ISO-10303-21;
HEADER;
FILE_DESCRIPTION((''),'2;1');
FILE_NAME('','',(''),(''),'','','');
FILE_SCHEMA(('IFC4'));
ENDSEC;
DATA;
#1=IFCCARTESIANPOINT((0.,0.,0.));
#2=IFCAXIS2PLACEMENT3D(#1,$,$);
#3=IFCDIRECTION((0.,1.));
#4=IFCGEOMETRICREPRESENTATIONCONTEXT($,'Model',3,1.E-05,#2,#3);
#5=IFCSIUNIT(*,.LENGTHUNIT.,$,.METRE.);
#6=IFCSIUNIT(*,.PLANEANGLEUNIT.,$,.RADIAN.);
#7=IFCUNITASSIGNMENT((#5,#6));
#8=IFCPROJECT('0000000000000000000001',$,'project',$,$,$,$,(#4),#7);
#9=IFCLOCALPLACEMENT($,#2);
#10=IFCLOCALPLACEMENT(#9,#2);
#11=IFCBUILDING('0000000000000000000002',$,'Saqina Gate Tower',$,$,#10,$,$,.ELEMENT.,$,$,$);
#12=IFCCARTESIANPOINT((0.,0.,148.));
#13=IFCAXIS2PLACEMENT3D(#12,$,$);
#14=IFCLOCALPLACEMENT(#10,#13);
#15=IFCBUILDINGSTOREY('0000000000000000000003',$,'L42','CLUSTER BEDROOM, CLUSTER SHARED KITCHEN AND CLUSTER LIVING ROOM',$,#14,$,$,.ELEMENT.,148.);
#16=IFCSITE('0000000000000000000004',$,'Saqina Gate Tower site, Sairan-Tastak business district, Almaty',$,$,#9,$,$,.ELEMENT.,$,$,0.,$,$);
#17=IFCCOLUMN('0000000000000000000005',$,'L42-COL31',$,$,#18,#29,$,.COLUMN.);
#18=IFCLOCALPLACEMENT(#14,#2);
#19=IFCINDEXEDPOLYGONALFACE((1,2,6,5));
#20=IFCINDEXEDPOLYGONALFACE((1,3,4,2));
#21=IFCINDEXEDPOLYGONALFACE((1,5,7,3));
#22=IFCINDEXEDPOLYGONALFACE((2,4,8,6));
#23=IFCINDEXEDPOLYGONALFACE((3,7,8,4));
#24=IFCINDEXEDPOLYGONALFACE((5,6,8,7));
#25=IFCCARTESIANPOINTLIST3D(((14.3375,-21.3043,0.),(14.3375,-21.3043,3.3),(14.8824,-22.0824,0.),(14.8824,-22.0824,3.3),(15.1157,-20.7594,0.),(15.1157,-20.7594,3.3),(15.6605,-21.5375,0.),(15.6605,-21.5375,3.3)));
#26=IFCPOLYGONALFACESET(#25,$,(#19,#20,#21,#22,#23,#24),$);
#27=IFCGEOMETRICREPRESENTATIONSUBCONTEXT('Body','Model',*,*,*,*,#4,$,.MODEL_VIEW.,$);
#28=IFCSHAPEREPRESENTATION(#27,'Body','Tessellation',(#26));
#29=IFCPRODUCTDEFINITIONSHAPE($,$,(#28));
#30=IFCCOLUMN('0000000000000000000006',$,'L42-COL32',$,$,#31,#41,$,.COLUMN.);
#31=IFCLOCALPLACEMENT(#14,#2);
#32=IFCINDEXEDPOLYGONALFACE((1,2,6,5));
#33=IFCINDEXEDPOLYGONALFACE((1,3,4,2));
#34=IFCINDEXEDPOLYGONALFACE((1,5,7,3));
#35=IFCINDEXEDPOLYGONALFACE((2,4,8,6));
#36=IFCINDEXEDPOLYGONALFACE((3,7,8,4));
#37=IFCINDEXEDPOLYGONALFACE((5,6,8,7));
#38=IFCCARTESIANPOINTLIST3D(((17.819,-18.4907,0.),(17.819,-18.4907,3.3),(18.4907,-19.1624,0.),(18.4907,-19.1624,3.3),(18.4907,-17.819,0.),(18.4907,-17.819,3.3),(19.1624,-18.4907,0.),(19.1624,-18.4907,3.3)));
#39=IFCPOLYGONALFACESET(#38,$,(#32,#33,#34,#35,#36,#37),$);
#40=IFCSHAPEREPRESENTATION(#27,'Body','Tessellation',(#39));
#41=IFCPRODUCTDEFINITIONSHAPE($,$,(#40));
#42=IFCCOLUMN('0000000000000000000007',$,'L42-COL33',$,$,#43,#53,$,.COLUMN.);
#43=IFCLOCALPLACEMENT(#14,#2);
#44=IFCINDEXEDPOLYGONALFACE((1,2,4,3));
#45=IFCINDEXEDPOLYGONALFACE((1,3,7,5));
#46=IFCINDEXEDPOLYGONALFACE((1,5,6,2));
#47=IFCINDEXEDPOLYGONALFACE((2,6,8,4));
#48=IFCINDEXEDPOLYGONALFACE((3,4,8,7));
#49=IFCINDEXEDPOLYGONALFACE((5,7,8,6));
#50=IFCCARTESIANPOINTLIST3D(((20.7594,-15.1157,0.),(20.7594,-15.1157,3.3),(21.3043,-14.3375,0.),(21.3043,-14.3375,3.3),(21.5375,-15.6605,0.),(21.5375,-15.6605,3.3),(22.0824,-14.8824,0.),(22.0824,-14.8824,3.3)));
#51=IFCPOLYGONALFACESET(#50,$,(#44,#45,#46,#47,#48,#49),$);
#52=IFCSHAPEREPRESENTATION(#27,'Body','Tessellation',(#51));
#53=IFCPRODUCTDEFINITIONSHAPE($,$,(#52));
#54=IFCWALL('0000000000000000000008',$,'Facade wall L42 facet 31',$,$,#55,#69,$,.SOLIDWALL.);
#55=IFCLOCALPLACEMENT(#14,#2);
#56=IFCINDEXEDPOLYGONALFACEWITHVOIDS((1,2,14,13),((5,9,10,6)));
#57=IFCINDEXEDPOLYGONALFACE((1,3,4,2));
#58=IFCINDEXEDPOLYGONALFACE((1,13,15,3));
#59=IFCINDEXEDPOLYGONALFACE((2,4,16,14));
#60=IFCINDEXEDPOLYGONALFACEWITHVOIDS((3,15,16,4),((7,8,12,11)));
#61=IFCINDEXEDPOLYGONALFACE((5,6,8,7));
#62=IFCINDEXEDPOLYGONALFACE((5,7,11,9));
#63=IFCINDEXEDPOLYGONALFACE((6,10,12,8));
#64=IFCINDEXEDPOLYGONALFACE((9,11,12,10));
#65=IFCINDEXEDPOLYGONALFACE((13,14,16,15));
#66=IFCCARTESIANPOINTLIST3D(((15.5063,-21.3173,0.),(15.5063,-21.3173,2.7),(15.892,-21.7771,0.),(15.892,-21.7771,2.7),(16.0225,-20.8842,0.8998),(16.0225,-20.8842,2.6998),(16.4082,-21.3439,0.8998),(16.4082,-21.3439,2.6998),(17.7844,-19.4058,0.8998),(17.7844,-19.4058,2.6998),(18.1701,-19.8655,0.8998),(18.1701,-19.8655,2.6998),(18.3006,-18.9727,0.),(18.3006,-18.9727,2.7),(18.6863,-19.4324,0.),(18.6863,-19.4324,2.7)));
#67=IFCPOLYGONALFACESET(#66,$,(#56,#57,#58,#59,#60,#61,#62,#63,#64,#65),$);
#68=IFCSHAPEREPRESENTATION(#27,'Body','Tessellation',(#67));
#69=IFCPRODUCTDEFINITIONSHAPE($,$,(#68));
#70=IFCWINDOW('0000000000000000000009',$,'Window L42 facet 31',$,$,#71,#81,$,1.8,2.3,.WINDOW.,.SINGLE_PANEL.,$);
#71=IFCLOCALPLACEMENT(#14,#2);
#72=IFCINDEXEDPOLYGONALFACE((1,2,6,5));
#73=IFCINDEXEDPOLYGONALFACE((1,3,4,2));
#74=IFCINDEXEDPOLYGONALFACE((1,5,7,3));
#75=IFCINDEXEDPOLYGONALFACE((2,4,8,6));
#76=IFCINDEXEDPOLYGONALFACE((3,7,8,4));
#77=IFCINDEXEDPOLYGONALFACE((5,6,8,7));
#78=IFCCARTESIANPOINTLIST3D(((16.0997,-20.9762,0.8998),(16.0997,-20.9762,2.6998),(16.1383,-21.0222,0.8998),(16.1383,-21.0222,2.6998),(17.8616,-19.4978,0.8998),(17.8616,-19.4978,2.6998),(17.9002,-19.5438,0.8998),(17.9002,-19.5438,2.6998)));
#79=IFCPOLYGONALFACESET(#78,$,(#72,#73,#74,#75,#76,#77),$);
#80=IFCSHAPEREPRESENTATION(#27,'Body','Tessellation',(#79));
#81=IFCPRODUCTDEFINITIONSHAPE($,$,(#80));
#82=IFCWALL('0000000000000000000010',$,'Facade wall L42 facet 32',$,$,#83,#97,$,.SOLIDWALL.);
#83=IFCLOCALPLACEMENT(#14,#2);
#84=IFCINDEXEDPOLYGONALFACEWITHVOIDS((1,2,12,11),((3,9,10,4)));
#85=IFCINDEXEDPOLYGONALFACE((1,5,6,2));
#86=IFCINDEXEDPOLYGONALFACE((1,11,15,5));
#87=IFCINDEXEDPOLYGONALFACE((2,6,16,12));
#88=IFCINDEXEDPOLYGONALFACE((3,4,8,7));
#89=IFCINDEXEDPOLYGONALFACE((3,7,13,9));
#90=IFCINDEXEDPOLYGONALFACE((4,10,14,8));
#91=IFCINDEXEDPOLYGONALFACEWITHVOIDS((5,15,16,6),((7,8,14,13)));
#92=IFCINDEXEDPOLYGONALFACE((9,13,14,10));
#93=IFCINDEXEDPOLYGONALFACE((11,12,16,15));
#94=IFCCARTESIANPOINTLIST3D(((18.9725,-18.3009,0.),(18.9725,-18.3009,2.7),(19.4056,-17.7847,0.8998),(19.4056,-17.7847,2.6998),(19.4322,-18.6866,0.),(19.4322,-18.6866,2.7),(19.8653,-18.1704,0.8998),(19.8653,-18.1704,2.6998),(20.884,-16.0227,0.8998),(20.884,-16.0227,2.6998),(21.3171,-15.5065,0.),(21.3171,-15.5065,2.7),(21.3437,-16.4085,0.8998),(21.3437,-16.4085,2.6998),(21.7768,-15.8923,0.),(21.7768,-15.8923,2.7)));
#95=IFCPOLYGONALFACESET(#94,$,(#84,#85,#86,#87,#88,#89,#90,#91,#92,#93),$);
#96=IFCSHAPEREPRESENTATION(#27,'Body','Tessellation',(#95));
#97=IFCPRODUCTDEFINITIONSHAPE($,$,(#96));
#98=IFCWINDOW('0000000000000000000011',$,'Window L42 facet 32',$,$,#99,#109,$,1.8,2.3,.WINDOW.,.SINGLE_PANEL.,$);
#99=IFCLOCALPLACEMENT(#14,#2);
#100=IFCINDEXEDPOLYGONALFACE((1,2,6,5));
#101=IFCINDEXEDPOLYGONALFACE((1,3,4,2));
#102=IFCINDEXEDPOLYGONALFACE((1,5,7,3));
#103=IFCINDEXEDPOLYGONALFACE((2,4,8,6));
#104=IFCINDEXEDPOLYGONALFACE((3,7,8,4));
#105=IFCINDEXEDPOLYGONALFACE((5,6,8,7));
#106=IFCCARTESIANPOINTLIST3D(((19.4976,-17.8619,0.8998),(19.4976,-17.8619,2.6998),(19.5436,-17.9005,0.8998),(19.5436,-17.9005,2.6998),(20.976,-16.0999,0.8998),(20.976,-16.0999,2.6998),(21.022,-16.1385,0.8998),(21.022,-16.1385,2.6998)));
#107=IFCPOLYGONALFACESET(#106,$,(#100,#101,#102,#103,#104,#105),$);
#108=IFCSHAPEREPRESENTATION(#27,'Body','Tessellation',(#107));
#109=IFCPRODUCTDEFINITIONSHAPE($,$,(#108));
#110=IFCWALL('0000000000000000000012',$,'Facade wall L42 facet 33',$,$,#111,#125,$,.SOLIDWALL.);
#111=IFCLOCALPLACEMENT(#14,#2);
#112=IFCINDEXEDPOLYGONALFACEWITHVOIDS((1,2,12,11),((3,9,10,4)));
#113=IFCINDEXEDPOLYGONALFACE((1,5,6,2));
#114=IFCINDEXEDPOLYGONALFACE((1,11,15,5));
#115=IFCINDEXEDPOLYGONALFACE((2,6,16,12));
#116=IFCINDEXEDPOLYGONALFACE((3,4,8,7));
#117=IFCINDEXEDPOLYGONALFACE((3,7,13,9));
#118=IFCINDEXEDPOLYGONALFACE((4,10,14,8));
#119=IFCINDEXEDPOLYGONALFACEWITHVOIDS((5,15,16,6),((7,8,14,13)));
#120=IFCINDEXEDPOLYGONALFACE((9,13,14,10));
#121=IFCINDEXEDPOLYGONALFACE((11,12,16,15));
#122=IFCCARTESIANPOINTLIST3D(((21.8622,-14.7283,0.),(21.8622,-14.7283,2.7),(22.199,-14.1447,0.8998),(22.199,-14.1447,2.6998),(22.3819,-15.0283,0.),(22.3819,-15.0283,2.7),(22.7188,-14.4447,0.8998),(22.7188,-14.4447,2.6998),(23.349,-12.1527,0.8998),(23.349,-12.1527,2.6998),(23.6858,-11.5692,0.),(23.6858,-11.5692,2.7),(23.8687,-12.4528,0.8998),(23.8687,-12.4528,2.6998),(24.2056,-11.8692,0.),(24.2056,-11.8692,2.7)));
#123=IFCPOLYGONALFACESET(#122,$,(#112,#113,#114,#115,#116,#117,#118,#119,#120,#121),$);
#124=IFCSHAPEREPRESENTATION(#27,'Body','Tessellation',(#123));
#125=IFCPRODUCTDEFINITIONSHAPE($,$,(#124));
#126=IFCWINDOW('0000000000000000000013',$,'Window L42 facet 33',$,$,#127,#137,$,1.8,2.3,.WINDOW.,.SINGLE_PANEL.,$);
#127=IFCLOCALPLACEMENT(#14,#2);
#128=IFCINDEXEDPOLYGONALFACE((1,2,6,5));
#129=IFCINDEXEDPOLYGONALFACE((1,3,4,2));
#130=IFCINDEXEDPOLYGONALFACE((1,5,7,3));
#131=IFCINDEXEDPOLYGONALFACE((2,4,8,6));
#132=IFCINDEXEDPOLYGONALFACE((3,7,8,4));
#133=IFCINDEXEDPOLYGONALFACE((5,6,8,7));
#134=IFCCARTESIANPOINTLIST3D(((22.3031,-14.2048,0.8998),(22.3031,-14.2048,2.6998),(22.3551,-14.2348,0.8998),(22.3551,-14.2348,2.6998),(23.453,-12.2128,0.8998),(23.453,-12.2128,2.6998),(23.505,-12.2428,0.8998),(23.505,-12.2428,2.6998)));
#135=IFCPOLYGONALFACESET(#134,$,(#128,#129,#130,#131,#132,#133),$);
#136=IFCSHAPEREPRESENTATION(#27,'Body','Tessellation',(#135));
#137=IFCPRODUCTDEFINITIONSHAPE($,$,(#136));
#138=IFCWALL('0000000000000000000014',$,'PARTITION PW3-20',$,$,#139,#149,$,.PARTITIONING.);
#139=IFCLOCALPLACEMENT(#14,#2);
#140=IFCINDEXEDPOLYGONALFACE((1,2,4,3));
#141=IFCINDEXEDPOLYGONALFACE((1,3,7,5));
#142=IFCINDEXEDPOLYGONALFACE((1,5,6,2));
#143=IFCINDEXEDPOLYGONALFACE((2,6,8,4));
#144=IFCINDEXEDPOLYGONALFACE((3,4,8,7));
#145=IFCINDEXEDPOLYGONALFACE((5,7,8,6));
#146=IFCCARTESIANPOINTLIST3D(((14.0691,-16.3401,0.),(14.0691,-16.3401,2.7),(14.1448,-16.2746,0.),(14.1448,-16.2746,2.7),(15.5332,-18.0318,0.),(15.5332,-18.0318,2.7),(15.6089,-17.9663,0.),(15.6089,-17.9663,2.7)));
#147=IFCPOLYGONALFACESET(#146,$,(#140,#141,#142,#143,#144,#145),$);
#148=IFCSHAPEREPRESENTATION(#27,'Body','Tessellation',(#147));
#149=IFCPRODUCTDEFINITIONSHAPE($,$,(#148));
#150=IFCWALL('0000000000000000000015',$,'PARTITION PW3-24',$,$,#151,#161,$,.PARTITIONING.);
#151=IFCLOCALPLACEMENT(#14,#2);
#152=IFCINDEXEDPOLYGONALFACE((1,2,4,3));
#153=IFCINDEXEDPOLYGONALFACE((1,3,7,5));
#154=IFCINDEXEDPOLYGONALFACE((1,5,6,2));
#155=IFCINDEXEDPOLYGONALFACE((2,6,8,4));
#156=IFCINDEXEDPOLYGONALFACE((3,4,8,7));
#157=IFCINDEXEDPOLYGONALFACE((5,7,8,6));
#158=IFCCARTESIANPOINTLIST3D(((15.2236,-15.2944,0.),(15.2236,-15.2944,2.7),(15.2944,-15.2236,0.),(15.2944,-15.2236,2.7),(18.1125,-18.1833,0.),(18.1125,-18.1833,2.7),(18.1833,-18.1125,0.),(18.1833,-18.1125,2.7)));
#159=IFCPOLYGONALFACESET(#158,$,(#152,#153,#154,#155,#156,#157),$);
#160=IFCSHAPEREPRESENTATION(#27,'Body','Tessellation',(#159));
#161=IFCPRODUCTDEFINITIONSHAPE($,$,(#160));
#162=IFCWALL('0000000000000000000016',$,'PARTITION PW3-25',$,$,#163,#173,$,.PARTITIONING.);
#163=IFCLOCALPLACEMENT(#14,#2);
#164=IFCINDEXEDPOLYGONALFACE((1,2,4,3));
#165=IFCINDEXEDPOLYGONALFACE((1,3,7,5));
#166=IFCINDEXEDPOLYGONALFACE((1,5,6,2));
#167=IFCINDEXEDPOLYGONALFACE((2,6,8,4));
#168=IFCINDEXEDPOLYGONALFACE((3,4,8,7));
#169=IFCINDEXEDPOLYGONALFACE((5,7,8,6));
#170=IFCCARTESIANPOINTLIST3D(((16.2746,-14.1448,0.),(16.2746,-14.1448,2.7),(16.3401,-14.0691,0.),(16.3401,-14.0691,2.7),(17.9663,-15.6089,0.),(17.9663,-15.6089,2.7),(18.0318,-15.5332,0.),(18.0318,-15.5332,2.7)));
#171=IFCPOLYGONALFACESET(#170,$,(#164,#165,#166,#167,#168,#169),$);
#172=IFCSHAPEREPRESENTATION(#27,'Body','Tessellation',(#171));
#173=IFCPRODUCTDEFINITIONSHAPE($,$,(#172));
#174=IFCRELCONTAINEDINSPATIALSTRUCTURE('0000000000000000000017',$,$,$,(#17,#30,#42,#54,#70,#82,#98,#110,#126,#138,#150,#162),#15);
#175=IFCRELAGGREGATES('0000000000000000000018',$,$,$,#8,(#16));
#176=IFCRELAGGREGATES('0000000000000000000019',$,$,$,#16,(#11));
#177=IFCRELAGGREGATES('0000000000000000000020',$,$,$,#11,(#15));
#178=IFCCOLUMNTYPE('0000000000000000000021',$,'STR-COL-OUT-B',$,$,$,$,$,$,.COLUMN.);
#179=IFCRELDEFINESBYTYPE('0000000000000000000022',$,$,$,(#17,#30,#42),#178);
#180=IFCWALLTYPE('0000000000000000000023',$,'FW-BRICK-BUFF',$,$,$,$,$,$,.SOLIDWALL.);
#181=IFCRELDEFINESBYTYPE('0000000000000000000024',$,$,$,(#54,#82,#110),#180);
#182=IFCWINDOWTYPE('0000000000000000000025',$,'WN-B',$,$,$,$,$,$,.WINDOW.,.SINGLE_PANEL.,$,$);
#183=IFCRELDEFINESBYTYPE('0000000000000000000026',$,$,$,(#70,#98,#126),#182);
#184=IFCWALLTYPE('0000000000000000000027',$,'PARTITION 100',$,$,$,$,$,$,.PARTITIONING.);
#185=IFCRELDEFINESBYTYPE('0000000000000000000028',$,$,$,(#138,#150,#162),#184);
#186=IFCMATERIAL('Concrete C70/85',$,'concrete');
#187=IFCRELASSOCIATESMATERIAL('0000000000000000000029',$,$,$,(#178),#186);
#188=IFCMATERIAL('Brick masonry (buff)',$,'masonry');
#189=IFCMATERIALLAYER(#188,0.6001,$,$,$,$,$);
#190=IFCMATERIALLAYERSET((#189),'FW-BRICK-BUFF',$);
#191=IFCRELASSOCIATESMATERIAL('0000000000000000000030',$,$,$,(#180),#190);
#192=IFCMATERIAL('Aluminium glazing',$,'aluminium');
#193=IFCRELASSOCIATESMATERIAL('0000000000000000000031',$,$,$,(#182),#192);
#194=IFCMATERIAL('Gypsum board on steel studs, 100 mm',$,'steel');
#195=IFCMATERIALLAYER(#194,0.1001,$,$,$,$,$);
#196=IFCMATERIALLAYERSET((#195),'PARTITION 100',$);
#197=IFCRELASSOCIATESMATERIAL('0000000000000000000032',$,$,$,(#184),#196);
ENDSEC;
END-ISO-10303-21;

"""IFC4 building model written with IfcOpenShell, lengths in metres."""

from ifc_helpers import new_model, si_unit, direction, frame, frame_2d, origin, origin_2d, place, context, subcontext, project, spatial, rectangle, extrude, material, layer, layer_set, material_profile, profile_set, type_object, element, fill, save


model = new_model("IFC4")

# Units and contexts
model_context = context("Model", 3, precision=1e-05, world=origin(), true_north=direction((0.0, 1.0)))
body_context = subcontext(model_context, "Body", "Model", "MODEL_VIEW")
ifc_project = project(units=[si_unit("LENGTHUNIT", "METRE"), si_unit("PLANEANGLEUNIT", "RADIAN")], contexts=[model_context])

# Site, building, storey
site_placement = place(None, origin())
site = spatial("IfcSite", under=ifc_project, at=site_placement, Name="Saqina Gate Tower site, Sairan-Tastak business district, Almaty", CompositionType="ELEMENT", RefElevation=0.0)
building_placement = place(site_placement, origin())
building = spatial("IfcBuilding", under=site, at=building_placement, Name="Saqina Gate Tower", CompositionType="ELEMENT")
storey_placement = place(building_placement, frame((0.0, 0.0, 148.0)))
storey = spatial("IfcBuildingStorey", under=building, at=storey_placement, Name="L42", Description="CLUSTER BEDROOM, CLUSTER SHARED KITCHEN AND CLUSTER LIVING ROOM", CompositionType="ELEMENT", Elevation=148.0)

# Columns
ifc_material_1 = material(Name="Concrete C70/85", Category="concrete")
ifc_material_profile = material_profile(ifc_material_1, rectangle(XDim=0.95, YDim=0.95, at=origin_2d()), Name="RC 950x950")
ifc_profile_set = profile_set([ifc_material_profile], Name="Concrete C70/85")
column_type = type_object("IfcColumnType", Name="STR-COL-OUT-B", PredefinedType="COLUMN", material=ifc_profile_set)
for number, where, z_axis, x_axis, name in (
    (1, (14.999, -21.4209, 0.0), (0.0, 0.0, 1.0), (0.573576, -0.819152, 0.0), "L42-COL31"),
    (2, (18.4907, -18.4907, 0.0), (0.0, 0.0, 1.0), (0.707107, -0.707107, 0.0), "L42-COL32"),
    (3, (21.4209, -14.999, 0.0), (0.0, 0.0, 1.0), (0.819152, -0.573576, 0.0), "L42-COL33"),
):
    element("IfcColumn", number, at=place(storey_placement, frame(where, z_axis=z_axis, x_axis=x_axis)), inside=storey, type_object=column_type, Name=name, PredefinedType="COLUMN", context=body_context, shape_type="SweptSolid", body=[
        extrude(rectangle(XDim=0.95, YDim=0.95, at=origin_2d()), origin(), (0.0, 0.0, 1.0), 3.3),
    ])

# Walls, openings, windows
ifc_material_2 = material(Name="Brick masonry (buff)", Category="masonry")
ifc_layer_1 = layer(ifc_material_2, 0.6001)
ifc_layer_set_1 = layer_set([ifc_layer_1], Name="FW-BRICK-BUFF")
wall_type_1 = type_object("IfcWallType", Name="FW-BRICK-BUFF", PredefinedType="SOLIDWALL", material=ifc_layer_set_1)
wall_1_placement = place(storey_placement, frame((15.6992, -21.5471, 0.0), z_axis=(0.0, 0.0, 1.0), x_axis=(0.766055, 0.642774, 0.0)))
wall_1 = element("IfcWall", 4, at=wall_1_placement, inside=storey, type_object=wall_type_1, Name="Facade wall L42 facet 31", PredefinedType="SOLIDWALL", context=body_context, shape_type="SweptSolid", body=[
    extrude(rectangle(XDim=3.6477, YDim=0.6001, at=frame_2d((1.8237, 0.0))), origin(), (0.0, 0.0, 1.0), 2.7),
])
opening_1_placement = place(wall_1_placement, frame((0.6738, 0.0, 0.8999)))
opening_1 = element("IfcOpeningElement", 5, at=opening_1_placement, cuts=wall_1, PredefinedType="OPENING", context=body_context, shape_type="SweptSolid", body=[
    extrude(rectangle(XDim=2.3, YDim=1.8, at=frame_2d((1.1499, 0.8999))), frame((0.0, 0.312, 0.0), z_axis=(0.0, -1.0, 0.0), x_axis=(1.0, 0.0, 0.0)), (0.0, 0.0, 1.0), 0.624),
])
ifc_material_3 = material(Name="Aluminium glazing", Category="aluminium")
window_type = type_object("IfcWindowType", Name="WN-B", PartitioningType="SINGLE_PANEL", PredefinedType="WINDOW", material=ifc_material_3)
window_1_placement = place(opening_1_placement, origin())
window_1 = element("IfcWindow", 6, at=window_1_placement, inside=storey, type_object=window_type, Name="Window L42 facet 31", OverallHeight=1.8, OverallWidth=2.3, PartitioningType="SINGLE_PANEL", PredefinedType="WINDOW", context=body_context, shape_type="SweptSolid", body=[
    extrude(rectangle(XDim=2.3, YDim=1.8, at=frame_2d((1.1499, 0.8999))), frame((0.0, 0.1799, 0.0), z_axis=(0.0, -1.0, 0.0), x_axis=(1.0, 0.0, 0.0)), (0.0, 0.0, 1.0), 0.0601),
])
fill(opening_1, window_1)
wall_2_placement = place(storey_placement, frame((19.2024, -18.4937, 0.0), z_axis=(0.0, 0.0, 1.0), x_axis=(0.642774, 0.766055, 0.0)))
wall_2 = element("IfcWall", 7, at=wall_2_placement, inside=storey, type_object=wall_type_1, Name="Facade wall L42 facet 32", PredefinedType="SOLIDWALL", context=body_context, shape_type="SweptSolid", body=[
    extrude(rectangle(XDim=3.6477, YDim=0.6001, at=frame_2d((1.8237, 0.0))), origin(), (0.0, 0.0, 1.0), 2.7),
])
opening_2_placement = place(wall_2_placement, frame((0.6738, 0.0, 0.8999)))
opening_2 = element("IfcOpeningElement", 8, at=opening_2_placement, cuts=wall_2, PredefinedType="OPENING", context=body_context, shape_type="SweptSolid", body=[
    extrude(rectangle(XDim=2.3, YDim=1.8, at=frame_2d((1.1499, 0.8999))), frame((0.0, 0.312, 0.0), z_axis=(0.0, -1.0, 0.0), x_axis=(1.0, 0.0, 0.0)), (0.0, 0.0, 1.0), 0.624),
])
window_2_placement = place(opening_2_placement, origin())
window_2 = element("IfcWindow", 9, at=window_2_placement, inside=storey, type_object=window_type, Name="Window L42 facet 32", OverallHeight=1.8, OverallWidth=2.3, PartitioningType="SINGLE_PANEL", PredefinedType="WINDOW", context=body_context, shape_type="SweptSolid", body=[
    extrude(rectangle(XDim=2.3, YDim=1.8, at=frame_2d((1.1499, 0.8999))), frame((0.0, 0.1799, 0.0), z_axis=(0.0, -1.0, 0.0), x_axis=(1.0, 0.0, 0.0)), (0.0, 0.0, 1.0), 0.0601),
])
fill(opening_2, window_2)
wall_3_placement = place(storey_placement, frame((22.1221, -14.8782, 0.0), z_axis=(0.0, 0.0, 1.0), x_axis=(0.499954, 0.866052, 0.0)))
wall_3 = element("IfcWall", 10, at=wall_3_placement, inside=storey, type_object=wall_type_1, Name="Facade wall L42 facet 33", PredefinedType="SOLIDWALL", context=body_context, shape_type="SweptSolid", body=[
    extrude(rectangle(XDim=3.6477, YDim=0.6001, at=frame_2d((1.8237, 0.0))), origin(), (0.0, 0.0, 1.0), 2.7),
])
opening_3_placement = place(wall_3_placement, frame((0.6738, 0.0, 0.8999)))
opening_3 = element("IfcOpeningElement", 11, at=opening_3_placement, cuts=wall_3, PredefinedType="OPENING", context=body_context, shape_type="SweptSolid", body=[
    extrude(rectangle(XDim=2.3, YDim=1.8, at=frame_2d((1.1499, 0.8999))), frame((0.0, 0.312, 0.0), z_axis=(0.0, -1.0, 0.0), x_axis=(1.0, 0.0, 0.0)), (0.0, 0.0, 1.0), 0.624),
])
window_3_placement = place(opening_3_placement, origin())
window_3 = element("IfcWindow", 12, at=window_3_placement, inside=storey, type_object=window_type, Name="Window L42 facet 33", OverallHeight=1.8, OverallWidth=2.3, PartitioningType="SINGLE_PANEL", PredefinedType="WINDOW", context=body_context, shape_type="SweptSolid", body=[
    extrude(rectangle(XDim=2.3, YDim=1.8, at=frame_2d((1.1499, 0.8999))), frame((0.0, 0.1799, 0.0), z_axis=(0.0, -1.0, 0.0), x_axis=(1.0, 0.0, 0.0)), (0.0, 0.0, 1.0), 0.0601),
])
fill(opening_3, window_3)

# Walls
ifc_material_4 = material(Name="Gypsum board on steel studs, 100 mm", Category="steel")
ifc_layer_2 = layer(ifc_material_4, 0.1001)
ifc_layer_set_2 = layer_set([ifc_layer_2], Name="PARTITION 100")
wall_type_2 = type_object("IfcWallType", Name="PARTITION 100", PredefinedType="PARTITIONING", material=ifc_layer_set_2)
wall_4_placement = place(storey_placement, frame((14.1069, -16.3074, 0.0), z_axis=(0.0, 0.0, 1.0), x_axis=(0.654424, -0.756128, 0.0)))
element("IfcWall", 13, at=wall_4_placement, inside=storey, type_object=wall_type_2, Name="PARTITION PW3-20", PredefinedType="PARTITIONING", context=body_context, shape_type="SweptSolid", body=[
    extrude(rectangle(XDim=2.2373, YDim=0.1001, at=frame_2d((1.1187, 0.0))), origin(), (0.0, 0.0, 1.0), 2.7),
])
wall_5_placement = place(storey_placement, frame((15.259, -15.259, 0.0), z_axis=(0.0, 0.0, 1.0), x_axis=(0.707107, -0.707107, 0.0)))
element("IfcWall", 14, at=wall_5_placement, inside=storey, type_object=wall_type_2, Name="PARTITION PW3-24", PredefinedType="PARTITIONING", context=body_context, shape_type="SweptSolid", body=[
    extrude(rectangle(XDim=4.0854, YDim=0.1001, at=frame_2d((2.0427, 0.0))), origin(), (0.0, 0.0, 1.0), 2.7),
])
wall_6_placement = place(storey_placement, frame((16.3074, -14.1069, 0.0), z_axis=(0.0, 0.0, 1.0), x_axis=(0.756128, -0.654424, 0.0)))
element("IfcWall", 15, at=wall_6_placement, inside=storey, type_object=wall_type_2, Name="PARTITION PW3-25", PredefinedType="PARTITIONING", context=body_context, shape_type="SweptSolid", body=[
    extrude(rectangle(XDim=2.2373, YDim=0.1001, at=frame_2d((1.1187, 0.0))), origin(), (0.0, 0.0, 1.0), 2.7),
])

save(model, "model.ifc")
